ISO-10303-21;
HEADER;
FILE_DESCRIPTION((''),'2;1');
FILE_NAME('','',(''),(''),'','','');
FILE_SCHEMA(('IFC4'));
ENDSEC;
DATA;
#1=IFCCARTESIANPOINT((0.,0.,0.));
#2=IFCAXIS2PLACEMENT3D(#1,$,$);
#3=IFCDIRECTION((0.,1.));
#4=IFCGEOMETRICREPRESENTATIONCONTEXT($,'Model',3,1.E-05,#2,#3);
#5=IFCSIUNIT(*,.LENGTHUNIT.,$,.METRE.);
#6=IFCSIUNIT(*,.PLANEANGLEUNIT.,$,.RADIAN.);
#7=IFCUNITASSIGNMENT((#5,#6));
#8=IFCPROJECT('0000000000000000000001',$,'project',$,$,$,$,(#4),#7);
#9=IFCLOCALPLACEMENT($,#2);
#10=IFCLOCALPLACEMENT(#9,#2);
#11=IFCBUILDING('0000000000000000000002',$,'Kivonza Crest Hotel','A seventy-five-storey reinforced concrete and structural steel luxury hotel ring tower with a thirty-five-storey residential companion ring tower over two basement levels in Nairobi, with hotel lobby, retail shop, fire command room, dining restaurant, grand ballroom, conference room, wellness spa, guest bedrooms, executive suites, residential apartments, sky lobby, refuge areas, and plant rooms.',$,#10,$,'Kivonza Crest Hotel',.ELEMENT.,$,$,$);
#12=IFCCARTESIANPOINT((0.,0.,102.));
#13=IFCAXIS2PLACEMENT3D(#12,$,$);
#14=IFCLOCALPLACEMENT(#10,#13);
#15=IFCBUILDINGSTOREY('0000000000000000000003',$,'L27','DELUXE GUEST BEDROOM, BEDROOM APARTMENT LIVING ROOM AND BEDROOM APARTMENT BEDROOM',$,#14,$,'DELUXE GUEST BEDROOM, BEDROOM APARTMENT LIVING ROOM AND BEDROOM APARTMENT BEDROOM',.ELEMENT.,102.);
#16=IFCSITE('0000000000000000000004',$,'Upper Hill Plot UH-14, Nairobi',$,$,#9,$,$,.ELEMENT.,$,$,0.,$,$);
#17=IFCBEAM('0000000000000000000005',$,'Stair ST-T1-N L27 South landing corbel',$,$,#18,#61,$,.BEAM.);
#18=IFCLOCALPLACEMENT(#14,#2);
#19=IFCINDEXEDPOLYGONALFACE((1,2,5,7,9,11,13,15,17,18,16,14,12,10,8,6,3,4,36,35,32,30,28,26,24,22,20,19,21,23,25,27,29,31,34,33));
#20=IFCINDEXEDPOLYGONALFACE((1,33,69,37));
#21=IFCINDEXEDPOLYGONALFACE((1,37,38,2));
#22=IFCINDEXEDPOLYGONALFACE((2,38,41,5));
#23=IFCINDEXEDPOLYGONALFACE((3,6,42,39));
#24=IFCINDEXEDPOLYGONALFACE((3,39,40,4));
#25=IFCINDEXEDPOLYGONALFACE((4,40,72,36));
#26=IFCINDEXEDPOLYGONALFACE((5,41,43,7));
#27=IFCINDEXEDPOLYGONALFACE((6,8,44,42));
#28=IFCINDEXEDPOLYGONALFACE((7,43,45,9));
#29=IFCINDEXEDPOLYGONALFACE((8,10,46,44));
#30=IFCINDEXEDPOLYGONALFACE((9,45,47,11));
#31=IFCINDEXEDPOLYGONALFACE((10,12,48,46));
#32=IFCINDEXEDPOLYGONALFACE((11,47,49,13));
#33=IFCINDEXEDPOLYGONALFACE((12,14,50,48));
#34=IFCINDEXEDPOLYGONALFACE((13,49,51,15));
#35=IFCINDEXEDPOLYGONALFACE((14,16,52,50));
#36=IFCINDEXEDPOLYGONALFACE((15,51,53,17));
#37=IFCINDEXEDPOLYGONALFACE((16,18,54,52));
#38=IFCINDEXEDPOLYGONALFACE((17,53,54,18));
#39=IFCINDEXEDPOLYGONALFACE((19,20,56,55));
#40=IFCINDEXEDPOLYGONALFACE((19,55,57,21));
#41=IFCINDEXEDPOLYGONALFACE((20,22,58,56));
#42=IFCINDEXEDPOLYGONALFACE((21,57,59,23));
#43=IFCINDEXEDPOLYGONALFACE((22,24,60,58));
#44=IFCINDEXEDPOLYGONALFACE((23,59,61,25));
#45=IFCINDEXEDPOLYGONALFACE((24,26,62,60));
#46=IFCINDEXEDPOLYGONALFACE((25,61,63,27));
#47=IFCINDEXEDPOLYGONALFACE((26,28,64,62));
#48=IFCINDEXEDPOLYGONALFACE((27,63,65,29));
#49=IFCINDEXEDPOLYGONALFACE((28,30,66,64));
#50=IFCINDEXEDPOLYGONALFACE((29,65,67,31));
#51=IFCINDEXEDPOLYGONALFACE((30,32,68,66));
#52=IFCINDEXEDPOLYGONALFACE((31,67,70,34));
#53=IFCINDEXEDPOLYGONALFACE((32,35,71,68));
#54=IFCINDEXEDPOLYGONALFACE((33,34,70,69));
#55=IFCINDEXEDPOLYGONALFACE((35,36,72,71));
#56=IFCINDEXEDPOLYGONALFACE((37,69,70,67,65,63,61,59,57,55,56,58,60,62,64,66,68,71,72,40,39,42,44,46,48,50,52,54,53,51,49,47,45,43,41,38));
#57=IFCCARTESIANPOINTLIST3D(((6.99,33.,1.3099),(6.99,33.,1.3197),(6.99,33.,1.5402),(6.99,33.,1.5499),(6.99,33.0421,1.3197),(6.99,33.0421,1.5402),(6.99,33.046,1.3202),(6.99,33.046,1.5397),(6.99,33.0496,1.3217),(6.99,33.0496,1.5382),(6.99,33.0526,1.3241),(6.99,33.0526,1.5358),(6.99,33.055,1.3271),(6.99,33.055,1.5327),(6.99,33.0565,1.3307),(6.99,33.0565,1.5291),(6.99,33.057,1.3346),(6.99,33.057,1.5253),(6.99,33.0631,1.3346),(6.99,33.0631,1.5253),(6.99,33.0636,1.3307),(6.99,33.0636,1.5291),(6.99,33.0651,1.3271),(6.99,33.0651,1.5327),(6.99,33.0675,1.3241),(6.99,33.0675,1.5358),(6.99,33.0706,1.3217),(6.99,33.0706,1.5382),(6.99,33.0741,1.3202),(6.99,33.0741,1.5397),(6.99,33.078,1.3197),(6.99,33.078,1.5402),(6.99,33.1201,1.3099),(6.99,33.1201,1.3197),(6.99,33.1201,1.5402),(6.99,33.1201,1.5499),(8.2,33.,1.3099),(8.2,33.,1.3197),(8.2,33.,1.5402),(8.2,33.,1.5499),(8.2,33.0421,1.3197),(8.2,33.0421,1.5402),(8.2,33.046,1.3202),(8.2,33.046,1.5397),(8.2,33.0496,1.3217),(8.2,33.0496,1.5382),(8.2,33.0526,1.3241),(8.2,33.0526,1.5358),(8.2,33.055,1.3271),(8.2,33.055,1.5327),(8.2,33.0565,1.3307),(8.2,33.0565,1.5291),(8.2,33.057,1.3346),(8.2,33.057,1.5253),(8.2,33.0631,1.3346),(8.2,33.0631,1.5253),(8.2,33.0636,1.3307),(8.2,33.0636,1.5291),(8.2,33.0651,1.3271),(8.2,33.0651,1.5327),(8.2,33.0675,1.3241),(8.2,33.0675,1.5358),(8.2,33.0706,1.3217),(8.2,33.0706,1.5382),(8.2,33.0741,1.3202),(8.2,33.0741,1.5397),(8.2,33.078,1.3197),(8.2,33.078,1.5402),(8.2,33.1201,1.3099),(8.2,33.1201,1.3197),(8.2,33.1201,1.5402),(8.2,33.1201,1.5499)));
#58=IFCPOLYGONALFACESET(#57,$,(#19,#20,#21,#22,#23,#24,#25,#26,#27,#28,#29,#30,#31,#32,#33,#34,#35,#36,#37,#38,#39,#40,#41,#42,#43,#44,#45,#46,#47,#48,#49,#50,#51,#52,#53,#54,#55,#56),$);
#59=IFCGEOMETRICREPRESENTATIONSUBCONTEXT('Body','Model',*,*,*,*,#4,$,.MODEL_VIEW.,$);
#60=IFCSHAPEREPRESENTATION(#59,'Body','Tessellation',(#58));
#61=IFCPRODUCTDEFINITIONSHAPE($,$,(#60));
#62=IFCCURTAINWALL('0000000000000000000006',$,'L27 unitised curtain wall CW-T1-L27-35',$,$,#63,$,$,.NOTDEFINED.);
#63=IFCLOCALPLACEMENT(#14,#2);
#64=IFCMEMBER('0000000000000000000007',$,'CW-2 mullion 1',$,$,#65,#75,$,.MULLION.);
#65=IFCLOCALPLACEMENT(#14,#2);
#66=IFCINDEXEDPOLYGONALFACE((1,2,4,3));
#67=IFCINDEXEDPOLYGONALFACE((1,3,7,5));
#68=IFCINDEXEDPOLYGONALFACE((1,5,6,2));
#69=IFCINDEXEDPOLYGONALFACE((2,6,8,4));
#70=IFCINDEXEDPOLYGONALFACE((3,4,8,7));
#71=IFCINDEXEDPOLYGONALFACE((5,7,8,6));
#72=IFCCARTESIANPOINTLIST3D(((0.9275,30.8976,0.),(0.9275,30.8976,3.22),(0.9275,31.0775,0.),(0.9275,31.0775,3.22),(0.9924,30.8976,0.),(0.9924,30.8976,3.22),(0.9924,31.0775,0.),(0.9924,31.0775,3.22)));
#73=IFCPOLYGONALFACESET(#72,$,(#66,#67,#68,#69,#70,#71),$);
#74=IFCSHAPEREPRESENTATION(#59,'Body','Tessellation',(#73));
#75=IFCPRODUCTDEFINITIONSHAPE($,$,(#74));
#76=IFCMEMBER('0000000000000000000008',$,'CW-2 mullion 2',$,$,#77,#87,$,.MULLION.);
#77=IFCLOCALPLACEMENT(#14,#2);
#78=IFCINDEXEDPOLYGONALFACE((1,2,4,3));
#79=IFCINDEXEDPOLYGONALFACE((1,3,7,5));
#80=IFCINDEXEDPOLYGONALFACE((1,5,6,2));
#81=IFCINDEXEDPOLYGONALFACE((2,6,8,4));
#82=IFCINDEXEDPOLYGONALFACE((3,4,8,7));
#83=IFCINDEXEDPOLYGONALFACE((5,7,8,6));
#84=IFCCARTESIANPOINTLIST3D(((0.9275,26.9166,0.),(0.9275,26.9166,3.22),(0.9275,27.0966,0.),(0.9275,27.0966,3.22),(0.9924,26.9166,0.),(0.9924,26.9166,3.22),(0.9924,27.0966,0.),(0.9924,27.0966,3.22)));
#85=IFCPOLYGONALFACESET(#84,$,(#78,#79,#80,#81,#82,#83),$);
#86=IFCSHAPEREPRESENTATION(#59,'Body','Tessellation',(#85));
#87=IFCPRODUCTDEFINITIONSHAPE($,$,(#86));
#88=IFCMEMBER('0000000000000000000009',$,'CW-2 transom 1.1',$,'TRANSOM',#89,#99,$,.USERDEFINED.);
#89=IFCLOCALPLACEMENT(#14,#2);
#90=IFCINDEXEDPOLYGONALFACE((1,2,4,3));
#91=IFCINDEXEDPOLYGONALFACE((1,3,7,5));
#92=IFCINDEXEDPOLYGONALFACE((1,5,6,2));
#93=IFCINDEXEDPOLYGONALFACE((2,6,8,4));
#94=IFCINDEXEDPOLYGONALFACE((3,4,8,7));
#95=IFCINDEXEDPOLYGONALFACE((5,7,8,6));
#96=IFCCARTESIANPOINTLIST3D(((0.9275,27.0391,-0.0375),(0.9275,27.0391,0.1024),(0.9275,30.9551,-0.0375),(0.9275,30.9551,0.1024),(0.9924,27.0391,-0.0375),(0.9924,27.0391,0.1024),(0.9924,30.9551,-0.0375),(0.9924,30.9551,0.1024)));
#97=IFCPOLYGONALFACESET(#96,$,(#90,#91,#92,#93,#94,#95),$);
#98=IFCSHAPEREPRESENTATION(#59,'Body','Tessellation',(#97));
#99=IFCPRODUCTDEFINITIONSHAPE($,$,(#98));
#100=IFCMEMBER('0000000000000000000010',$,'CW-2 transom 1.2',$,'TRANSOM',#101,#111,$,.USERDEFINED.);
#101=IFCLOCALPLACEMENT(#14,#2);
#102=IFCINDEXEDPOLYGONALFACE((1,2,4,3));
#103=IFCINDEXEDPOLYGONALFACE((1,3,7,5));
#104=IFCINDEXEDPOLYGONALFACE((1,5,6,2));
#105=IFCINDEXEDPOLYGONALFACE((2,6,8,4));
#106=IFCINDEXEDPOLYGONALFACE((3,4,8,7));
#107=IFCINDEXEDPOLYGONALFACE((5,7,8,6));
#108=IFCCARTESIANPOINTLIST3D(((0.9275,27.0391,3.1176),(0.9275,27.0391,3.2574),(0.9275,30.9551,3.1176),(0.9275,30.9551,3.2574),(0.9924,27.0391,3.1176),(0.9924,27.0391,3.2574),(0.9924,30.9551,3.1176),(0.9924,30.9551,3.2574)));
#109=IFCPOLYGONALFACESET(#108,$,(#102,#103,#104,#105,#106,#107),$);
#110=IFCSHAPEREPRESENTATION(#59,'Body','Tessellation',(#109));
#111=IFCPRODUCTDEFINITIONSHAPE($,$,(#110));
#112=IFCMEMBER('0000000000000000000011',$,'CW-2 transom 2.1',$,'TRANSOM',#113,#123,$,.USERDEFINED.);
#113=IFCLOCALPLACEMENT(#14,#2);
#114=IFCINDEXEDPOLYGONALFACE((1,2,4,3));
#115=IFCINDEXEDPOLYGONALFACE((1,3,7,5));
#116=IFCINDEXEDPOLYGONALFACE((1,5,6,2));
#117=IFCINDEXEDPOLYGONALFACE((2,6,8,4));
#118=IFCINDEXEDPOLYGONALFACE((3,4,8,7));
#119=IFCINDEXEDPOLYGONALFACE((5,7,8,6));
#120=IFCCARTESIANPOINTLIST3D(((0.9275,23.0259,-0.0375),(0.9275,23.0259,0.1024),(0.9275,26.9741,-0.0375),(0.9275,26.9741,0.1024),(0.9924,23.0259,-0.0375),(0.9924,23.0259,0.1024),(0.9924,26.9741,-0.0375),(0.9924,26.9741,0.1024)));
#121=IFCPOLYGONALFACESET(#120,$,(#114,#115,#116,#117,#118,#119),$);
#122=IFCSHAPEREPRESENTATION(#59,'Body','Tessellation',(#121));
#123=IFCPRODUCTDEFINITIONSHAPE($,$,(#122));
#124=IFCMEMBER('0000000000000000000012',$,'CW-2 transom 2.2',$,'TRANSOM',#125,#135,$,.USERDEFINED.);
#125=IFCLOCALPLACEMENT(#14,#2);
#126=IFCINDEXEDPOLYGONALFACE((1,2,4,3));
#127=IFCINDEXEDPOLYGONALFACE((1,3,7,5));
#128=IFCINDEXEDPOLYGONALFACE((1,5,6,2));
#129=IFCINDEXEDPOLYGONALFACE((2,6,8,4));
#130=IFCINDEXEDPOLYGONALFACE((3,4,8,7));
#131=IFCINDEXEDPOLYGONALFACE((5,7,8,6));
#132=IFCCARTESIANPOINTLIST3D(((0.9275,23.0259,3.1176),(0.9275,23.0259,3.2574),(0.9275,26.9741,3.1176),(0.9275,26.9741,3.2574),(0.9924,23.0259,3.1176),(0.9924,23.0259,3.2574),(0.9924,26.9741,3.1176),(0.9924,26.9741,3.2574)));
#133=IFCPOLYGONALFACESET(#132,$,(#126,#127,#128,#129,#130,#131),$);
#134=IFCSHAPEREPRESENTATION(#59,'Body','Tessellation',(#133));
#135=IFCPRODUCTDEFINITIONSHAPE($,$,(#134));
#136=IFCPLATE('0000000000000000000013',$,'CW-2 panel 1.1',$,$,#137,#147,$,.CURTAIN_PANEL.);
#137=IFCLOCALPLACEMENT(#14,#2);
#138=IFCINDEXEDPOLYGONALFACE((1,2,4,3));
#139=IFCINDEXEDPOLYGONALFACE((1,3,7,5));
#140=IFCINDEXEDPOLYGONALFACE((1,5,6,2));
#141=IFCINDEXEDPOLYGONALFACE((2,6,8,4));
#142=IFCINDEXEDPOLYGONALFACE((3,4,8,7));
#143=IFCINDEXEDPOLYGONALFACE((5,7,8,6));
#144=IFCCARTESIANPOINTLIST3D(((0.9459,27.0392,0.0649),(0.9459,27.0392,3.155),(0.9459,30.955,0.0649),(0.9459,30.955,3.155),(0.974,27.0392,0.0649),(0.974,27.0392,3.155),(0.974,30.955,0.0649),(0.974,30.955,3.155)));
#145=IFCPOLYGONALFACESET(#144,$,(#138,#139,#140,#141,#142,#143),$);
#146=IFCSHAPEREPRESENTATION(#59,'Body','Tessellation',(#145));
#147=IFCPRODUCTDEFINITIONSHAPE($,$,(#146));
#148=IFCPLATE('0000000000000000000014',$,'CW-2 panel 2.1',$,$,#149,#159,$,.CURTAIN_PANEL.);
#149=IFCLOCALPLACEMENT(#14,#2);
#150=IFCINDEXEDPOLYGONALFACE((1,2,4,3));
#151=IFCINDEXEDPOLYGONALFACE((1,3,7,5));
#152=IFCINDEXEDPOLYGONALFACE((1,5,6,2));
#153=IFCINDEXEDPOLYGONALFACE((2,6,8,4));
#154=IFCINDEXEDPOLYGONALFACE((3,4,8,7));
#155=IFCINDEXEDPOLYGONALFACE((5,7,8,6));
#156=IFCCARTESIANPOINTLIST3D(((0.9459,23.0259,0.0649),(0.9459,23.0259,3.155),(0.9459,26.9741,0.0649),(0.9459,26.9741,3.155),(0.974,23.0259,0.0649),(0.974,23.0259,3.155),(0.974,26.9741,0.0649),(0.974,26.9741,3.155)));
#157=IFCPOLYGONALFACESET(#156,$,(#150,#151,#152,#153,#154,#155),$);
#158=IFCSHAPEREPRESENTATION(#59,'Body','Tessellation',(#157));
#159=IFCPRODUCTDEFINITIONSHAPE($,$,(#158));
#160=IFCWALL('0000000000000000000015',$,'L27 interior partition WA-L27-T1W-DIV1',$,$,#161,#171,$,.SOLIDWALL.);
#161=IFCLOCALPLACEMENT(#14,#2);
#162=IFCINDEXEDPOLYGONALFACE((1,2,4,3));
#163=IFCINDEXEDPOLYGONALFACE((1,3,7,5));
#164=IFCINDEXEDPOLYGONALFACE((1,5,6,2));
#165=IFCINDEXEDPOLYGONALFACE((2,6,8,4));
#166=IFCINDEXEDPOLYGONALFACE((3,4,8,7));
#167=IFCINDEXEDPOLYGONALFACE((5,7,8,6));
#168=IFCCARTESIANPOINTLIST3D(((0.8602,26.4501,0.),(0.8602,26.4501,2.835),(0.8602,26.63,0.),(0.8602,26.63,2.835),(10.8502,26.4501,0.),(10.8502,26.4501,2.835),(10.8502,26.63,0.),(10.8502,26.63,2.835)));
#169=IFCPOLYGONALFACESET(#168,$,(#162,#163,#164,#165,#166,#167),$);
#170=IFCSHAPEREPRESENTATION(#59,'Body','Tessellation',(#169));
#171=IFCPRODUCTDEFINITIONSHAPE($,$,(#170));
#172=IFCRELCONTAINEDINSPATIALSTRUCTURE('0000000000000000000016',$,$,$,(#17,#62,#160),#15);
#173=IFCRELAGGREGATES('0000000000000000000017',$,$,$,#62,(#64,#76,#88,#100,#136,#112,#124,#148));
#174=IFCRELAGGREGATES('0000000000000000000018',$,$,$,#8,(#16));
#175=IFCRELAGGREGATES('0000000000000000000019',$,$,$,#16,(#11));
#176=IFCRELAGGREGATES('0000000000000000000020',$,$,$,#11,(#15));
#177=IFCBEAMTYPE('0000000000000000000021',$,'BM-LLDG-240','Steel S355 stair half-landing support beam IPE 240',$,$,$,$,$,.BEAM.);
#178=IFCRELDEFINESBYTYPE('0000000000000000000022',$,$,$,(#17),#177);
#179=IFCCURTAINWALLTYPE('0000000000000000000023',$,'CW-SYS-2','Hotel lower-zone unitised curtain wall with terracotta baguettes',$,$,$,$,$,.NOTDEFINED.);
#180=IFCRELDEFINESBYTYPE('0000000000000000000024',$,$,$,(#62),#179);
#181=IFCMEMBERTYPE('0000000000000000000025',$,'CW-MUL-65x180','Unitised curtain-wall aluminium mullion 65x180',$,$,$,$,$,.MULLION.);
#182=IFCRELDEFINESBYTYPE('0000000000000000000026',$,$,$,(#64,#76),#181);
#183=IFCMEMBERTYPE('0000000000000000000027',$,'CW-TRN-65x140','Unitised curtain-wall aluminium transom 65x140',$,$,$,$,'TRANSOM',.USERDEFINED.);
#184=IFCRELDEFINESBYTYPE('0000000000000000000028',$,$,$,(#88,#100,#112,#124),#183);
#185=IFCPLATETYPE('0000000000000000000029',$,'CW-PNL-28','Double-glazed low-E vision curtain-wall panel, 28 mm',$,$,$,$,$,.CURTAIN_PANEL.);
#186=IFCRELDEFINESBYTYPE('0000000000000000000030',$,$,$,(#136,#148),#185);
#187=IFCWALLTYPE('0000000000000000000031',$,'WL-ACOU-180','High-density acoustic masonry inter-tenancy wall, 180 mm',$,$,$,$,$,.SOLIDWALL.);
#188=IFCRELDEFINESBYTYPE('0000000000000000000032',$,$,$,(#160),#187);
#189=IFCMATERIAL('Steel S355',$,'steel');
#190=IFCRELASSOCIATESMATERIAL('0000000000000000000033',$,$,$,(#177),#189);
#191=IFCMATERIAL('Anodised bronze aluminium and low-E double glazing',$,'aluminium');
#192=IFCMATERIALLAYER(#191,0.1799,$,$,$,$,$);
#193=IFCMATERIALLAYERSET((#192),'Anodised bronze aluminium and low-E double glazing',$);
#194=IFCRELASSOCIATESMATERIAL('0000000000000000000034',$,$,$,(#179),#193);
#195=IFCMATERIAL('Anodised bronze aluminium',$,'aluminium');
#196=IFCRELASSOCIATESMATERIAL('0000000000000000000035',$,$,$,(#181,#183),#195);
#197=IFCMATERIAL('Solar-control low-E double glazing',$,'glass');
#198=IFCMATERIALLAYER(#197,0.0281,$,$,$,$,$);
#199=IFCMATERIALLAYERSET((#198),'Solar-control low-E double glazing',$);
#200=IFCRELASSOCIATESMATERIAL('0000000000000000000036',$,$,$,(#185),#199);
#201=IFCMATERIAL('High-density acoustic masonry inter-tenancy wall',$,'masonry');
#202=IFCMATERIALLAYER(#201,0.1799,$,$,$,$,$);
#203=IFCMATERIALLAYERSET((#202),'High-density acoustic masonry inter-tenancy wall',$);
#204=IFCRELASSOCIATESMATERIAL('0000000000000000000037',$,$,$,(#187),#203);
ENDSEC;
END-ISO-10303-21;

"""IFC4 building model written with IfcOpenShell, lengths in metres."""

from ifc_helpers import new_model, si_unit, direction, frame, frame_2d, origin, origin_2d, place, context, subcontext, project, spatial, rectangle, i_section, extrude, material, layer, layer_set, material_profile, profile_set, type_object, element, aggregate, save


model = new_model("IFC4")

# Units and contexts
model_context = context("Model", 3, precision=1e-05, world=origin(), true_north=direction((0.0, 1.0)))
body_context = subcontext(model_context, "Body", "Model", "MODEL_VIEW")
ifc_project = project(units=[si_unit("LENGTHUNIT", "METRE"), si_unit("PLANEANGLEUNIT", "RADIAN")], contexts=[model_context])

# Site, building, storey
site_placement = place(None, origin())
site = spatial("IfcSite", under=ifc_project, at=site_placement, Name="Upper Hill Plot UH-14, Nairobi", CompositionType="ELEMENT", RefElevation=0.0)
building_placement = place(site_placement, origin())
building = spatial("IfcBuilding", under=site, at=building_placement, Name="Kivonza Crest Hotel", Description="A seventy-five-storey reinforced concrete and structural steel luxury hotel ring tower with a thirty-five-storey residential companion ring tower over two basement levels in Nairobi, with hotel lobby, retail shop, fire command room, dining restaurant, grand ballroom, conference room, wellness spa, guest bedrooms, executive suites, residential apartments, sky lobby, refuge areas, and plant rooms.", LongName="Kivonza Crest Hotel", CompositionType="ELEMENT")
storey_placement = place(building_placement, frame((0.0, 0.0, 102.0)))
storey = spatial("IfcBuildingStorey", under=building, at=storey_placement, Name="L27", Description="DELUXE GUEST BEDROOM, BEDROOM APARTMENT LIVING ROOM AND BEDROOM APARTMENT BEDROOM", LongName="DELUXE GUEST BEDROOM, BEDROOM APARTMENT LIVING ROOM AND BEDROOM APARTMENT BEDROOM", CompositionType="ELEMENT", Elevation=102.0)

# Beam
ifc_material_1 = material(Name="Steel S355", Category="steel")
ifc_material_profile_1 = material_profile(ifc_material_1, i_section(OverallWidth=0.1201, OverallDepth=0.24, WebThickness=0.0061, FlangeThickness=0.0098, FilletRadius=0.0149, at=origin_2d()), Name="IPE 240")
ifc_profile_set_1 = profile_set([ifc_material_profile_1], Name="Steel S355")
beam_type_1 = type_object("IfcBeamType", Name="BM-LLDG-240", Description="Steel S355 stair half-landing support beam IPE 240", PredefinedType="BEAM", material=ifc_profile_set_1)
beam_1_placement = place(storey_placement, frame((6.99, 33.0601, 1.4299), z_axis=(1.0, 0.0, 0.0), x_axis=(0.0, 1.0, 0.0)))
element("IfcBeam", 1, at=beam_1_placement, inside=storey, type_object=beam_type_1, Name="Stair ST-T1-N L27 South landing corbel", PredefinedType="BEAM", context=body_context, shape_type="SweptSolid", body=[
    extrude(i_section(OverallWidth=0.1201, OverallDepth=0.24, WebThickness=0.0061, FlangeThickness=0.0098, FilletRadius=0.0149, at=origin_2d()), origin(), (0.0, 0.0, 1.0), 1.21),
])

# Curtain wall, members, plates
ifc_material_2 = material(Name="Anodised bronze aluminium and low-E double glazing", Category="aluminium")
ifc_layer_1 = layer(ifc_material_2, 0.1799)
ifc_layer_set_1 = layer_set([ifc_layer_1], Name="Anodised bronze aluminium and low-E double glazing")
curtain_wall_type = type_object("IfcCurtainWallType", Name="CW-SYS-2", Description="Hotel lower-zone unitised curtain wall with terracotta baguettes", PredefinedType="NOTDEFINED", material=ifc_layer_set_1)
curtain_wall_placement = place(storey_placement, origin())
curtain_wall = element("IfcCurtainWall", 2, at=curtain_wall_placement, inside=storey, type_object=curtain_wall_type, Name="L27 unitised curtain wall CW-T1-L27-35", PredefinedType="NOTDEFINED")
ifc_material_3 = material(Name="Anodised bronze aluminium", Category="aluminium")
ifc_material_profile_2 = material_profile(ifc_material_3, rectangle(XDim=0.0649, YDim=0.1799, at=origin_2d()), Name="CW-M 65x180")
ifc_profile_set_2 = profile_set([ifc_material_profile_2], Name="Anodised bronze aluminium")
member_type_1 = type_object("IfcMemberType", Name="CW-MUL-65x180", Description="Unitised curtain-wall aluminium mullion 65x180", PredefinedType="MULLION", material=ifc_profile_set_2)
member_1_placement = place(storey_placement, frame((0.96, 30.9875, 0.0), z_axis=(0.0, 0.0, 1.0), x_axis=(1.0, 0.0, 0.0)))
member_1 = element("IfcMember", 3, at=member_1_placement, type_object=member_type_1, Name="CW-2 mullion 1", PredefinedType="MULLION", context=body_context, shape_type="SweptSolid", body=[
    extrude(rectangle(XDim=0.0649, YDim=0.1799, at=origin_2d()), origin(), (0.0, 0.0, 1.0), 3.22),
])
member_2_placement = place(storey_placement, frame((0.96, 27.0066, 0.0), z_axis=(0.0, 0.0, 1.0), x_axis=(1.0, 0.0, 0.0)))
member_2 = element("IfcMember", 4, at=member_2_placement, type_object=member_type_1, Name="CW-2 mullion 2", PredefinedType="MULLION", context=body_context, shape_type="SweptSolid", body=[
    extrude(rectangle(XDim=0.0649, YDim=0.1799, at=origin_2d()), origin(), (0.0, 0.0, 1.0), 3.22),
])
ifc_material_profile_3 = material_profile(ifc_material_3, rectangle(XDim=0.0649, YDim=0.1399, at=origin_2d()), Name="CW-T 65x140")
ifc_profile_set_3 = profile_set([ifc_material_profile_3], Name="Anodised bronze aluminium")
member_type_2 = type_object("IfcMemberType", Name="CW-TRN-65x140", Description="Unitised curtain-wall aluminium transom 65x140", ElementType="TRANSOM", PredefinedType="USERDEFINED", material=ifc_profile_set_3)
member_3_placement = place(storey_placement, frame((0.96, 30.9551, 0.0325), z_axis=(0.0, -1.0, 0.0), x_axis=(1.0, 0.0, 0.0)))
member_3 = element("IfcMember", 5, at=member_3_placement, type_object=member_type_2, Name="CW-2 transom 1.1", ObjectType="TRANSOM", PredefinedType="USERDEFINED", context=body_context, shape_type="SweptSolid", body=[
    extrude(rectangle(XDim=0.0649, YDim=0.1399, at=origin_2d()), origin(), (0.0, 0.0, 1.0), 3.916),
])
member_4_placement = place(storey_placement, frame((0.96, 30.9551, 3.1875), z_axis=(0.0, -1.0, 0.0), x_axis=(1.0, 0.0, 0.0)))
member_4 = element("IfcMember", 6, at=member_4_placement, type_object=member_type_2, Name="CW-2 transom 1.2", ObjectType="TRANSOM", PredefinedType="USERDEFINED", context=body_context, shape_type="SweptSolid", body=[
    extrude(rectangle(XDim=0.0649, YDim=0.1399, at=origin_2d()), origin(), (0.0, 0.0, 1.0), 3.916),
])
member_5_placement = place(storey_placement, frame((0.96, 26.9741, 0.0325), z_axis=(0.0, -1.0, 0.0), x_axis=(1.0, 0.0, 0.0)))
member_5 = element("IfcMember", 7, at=member_5_placement, type_object=member_type_2, Name="CW-2 transom 2.1", ObjectType="TRANSOM", PredefinedType="USERDEFINED", context=body_context, shape_type="SweptSolid", body=[
    extrude(rectangle(XDim=0.0649, YDim=0.1399, at=origin_2d()), origin(), (0.0, 0.0, 1.0), 3.9482),
])
member_6_placement = place(storey_placement, frame((0.96, 26.9741, 3.1875), z_axis=(0.0, -1.0, 0.0), x_axis=(1.0, 0.0, 0.0)))
member_6 = element("IfcMember", 8, at=member_6_placement, type_object=member_type_2, Name="CW-2 transom 2.2", ObjectType="TRANSOM", PredefinedType="USERDEFINED", context=body_context, shape_type="SweptSolid", body=[
    extrude(rectangle(XDim=0.0649, YDim=0.1399, at=origin_2d()), origin(), (0.0, 0.0, 1.0), 3.9482),
])
ifc_material_4 = material(Name="Solar-control low-E double glazing", Category="glass")
ifc_layer_2 = layer(ifc_material_4, 0.0281)
ifc_layer_set_2 = layer_set([ifc_layer_2], Name="Solar-control low-E double glazing")
plate_type = type_object("IfcPlateType", Name="CW-PNL-28", Description="Double-glazed low-E vision curtain-wall panel, 28 mm", PredefinedType="CURTAIN_PANEL", material=ifc_layer_set_2)
plate_1_placement = place(storey_placement, frame((0.96, 28.9971, 0.0649), z_axis=(0.0, 0.0, 1.0), x_axis=(0.0, -1.0, 0.0)))
plate_1 = element("IfcPlate", 9, at=plate_1_placement, type_object=plate_type, Name="CW-2 panel 1.1", PredefinedType="CURTAIN_PANEL", context=body_context, shape_type="SweptSolid", body=[
    extrude(rectangle(XDim=3.9158, YDim=0.0281, at=origin_2d()), origin(), (0.0, 0.0, 1.0), 3.0901),
])
plate_2_placement = place(storey_placement, frame((0.96, 25.0, 0.0649), z_axis=(0.0, 0.0, 1.0), x_axis=(0.0, -1.0, 0.0)))
plate_2 = element("IfcPlate", 10, at=plate_2_placement, type_object=plate_type, Name="CW-2 panel 2.1", PredefinedType="CURTAIN_PANEL", context=body_context, shape_type="SweptSolid", body=[
    extrude(rectangle(XDim=3.9482, YDim=0.0281, at=origin_2d()), origin(), (0.0, 0.0, 1.0), 3.0901),
])
aggregate(curtain_wall, [member_1, member_2, member_3, member_4, plate_1, member_5, member_6, plate_2])

# Wall
ifc_material_5 = material(Name="High-density acoustic masonry inter-tenancy wall", Category="masonry")
ifc_layer_3 = layer(ifc_material_5, 0.1799)
ifc_layer_set_3 = layer_set([ifc_layer_3], Name="High-density acoustic masonry inter-tenancy wall")
wall_type_1 = type_object("IfcWallType", Name="WL-ACOU-180", Description="High-density acoustic masonry inter-tenancy wall, 180 mm", PredefinedType="SOLIDWALL", material=ifc_layer_set_3)
wall_1_placement = place(storey_placement, frame((0.8601, 26.54, 0.0), z_axis=(0.0, 0.0, 1.0), x_axis=(1.0, 0.0, 0.0)))
element("IfcWall", 11, at=wall_1_placement, inside=storey, type_object=wall_type_1, Name="L27 interior partition WA-L27-T1W-DIV1", PredefinedType="SOLIDWALL", context=body_context, shape_type="SweptSolid", body=[
    extrude(rectangle(XDim=9.99, YDim=0.1799, at=frame_2d((4.9951, 0.0))), origin(), (0.0, 0.0, 1.0), 2.835),
])

save(model, "model.ifc")
